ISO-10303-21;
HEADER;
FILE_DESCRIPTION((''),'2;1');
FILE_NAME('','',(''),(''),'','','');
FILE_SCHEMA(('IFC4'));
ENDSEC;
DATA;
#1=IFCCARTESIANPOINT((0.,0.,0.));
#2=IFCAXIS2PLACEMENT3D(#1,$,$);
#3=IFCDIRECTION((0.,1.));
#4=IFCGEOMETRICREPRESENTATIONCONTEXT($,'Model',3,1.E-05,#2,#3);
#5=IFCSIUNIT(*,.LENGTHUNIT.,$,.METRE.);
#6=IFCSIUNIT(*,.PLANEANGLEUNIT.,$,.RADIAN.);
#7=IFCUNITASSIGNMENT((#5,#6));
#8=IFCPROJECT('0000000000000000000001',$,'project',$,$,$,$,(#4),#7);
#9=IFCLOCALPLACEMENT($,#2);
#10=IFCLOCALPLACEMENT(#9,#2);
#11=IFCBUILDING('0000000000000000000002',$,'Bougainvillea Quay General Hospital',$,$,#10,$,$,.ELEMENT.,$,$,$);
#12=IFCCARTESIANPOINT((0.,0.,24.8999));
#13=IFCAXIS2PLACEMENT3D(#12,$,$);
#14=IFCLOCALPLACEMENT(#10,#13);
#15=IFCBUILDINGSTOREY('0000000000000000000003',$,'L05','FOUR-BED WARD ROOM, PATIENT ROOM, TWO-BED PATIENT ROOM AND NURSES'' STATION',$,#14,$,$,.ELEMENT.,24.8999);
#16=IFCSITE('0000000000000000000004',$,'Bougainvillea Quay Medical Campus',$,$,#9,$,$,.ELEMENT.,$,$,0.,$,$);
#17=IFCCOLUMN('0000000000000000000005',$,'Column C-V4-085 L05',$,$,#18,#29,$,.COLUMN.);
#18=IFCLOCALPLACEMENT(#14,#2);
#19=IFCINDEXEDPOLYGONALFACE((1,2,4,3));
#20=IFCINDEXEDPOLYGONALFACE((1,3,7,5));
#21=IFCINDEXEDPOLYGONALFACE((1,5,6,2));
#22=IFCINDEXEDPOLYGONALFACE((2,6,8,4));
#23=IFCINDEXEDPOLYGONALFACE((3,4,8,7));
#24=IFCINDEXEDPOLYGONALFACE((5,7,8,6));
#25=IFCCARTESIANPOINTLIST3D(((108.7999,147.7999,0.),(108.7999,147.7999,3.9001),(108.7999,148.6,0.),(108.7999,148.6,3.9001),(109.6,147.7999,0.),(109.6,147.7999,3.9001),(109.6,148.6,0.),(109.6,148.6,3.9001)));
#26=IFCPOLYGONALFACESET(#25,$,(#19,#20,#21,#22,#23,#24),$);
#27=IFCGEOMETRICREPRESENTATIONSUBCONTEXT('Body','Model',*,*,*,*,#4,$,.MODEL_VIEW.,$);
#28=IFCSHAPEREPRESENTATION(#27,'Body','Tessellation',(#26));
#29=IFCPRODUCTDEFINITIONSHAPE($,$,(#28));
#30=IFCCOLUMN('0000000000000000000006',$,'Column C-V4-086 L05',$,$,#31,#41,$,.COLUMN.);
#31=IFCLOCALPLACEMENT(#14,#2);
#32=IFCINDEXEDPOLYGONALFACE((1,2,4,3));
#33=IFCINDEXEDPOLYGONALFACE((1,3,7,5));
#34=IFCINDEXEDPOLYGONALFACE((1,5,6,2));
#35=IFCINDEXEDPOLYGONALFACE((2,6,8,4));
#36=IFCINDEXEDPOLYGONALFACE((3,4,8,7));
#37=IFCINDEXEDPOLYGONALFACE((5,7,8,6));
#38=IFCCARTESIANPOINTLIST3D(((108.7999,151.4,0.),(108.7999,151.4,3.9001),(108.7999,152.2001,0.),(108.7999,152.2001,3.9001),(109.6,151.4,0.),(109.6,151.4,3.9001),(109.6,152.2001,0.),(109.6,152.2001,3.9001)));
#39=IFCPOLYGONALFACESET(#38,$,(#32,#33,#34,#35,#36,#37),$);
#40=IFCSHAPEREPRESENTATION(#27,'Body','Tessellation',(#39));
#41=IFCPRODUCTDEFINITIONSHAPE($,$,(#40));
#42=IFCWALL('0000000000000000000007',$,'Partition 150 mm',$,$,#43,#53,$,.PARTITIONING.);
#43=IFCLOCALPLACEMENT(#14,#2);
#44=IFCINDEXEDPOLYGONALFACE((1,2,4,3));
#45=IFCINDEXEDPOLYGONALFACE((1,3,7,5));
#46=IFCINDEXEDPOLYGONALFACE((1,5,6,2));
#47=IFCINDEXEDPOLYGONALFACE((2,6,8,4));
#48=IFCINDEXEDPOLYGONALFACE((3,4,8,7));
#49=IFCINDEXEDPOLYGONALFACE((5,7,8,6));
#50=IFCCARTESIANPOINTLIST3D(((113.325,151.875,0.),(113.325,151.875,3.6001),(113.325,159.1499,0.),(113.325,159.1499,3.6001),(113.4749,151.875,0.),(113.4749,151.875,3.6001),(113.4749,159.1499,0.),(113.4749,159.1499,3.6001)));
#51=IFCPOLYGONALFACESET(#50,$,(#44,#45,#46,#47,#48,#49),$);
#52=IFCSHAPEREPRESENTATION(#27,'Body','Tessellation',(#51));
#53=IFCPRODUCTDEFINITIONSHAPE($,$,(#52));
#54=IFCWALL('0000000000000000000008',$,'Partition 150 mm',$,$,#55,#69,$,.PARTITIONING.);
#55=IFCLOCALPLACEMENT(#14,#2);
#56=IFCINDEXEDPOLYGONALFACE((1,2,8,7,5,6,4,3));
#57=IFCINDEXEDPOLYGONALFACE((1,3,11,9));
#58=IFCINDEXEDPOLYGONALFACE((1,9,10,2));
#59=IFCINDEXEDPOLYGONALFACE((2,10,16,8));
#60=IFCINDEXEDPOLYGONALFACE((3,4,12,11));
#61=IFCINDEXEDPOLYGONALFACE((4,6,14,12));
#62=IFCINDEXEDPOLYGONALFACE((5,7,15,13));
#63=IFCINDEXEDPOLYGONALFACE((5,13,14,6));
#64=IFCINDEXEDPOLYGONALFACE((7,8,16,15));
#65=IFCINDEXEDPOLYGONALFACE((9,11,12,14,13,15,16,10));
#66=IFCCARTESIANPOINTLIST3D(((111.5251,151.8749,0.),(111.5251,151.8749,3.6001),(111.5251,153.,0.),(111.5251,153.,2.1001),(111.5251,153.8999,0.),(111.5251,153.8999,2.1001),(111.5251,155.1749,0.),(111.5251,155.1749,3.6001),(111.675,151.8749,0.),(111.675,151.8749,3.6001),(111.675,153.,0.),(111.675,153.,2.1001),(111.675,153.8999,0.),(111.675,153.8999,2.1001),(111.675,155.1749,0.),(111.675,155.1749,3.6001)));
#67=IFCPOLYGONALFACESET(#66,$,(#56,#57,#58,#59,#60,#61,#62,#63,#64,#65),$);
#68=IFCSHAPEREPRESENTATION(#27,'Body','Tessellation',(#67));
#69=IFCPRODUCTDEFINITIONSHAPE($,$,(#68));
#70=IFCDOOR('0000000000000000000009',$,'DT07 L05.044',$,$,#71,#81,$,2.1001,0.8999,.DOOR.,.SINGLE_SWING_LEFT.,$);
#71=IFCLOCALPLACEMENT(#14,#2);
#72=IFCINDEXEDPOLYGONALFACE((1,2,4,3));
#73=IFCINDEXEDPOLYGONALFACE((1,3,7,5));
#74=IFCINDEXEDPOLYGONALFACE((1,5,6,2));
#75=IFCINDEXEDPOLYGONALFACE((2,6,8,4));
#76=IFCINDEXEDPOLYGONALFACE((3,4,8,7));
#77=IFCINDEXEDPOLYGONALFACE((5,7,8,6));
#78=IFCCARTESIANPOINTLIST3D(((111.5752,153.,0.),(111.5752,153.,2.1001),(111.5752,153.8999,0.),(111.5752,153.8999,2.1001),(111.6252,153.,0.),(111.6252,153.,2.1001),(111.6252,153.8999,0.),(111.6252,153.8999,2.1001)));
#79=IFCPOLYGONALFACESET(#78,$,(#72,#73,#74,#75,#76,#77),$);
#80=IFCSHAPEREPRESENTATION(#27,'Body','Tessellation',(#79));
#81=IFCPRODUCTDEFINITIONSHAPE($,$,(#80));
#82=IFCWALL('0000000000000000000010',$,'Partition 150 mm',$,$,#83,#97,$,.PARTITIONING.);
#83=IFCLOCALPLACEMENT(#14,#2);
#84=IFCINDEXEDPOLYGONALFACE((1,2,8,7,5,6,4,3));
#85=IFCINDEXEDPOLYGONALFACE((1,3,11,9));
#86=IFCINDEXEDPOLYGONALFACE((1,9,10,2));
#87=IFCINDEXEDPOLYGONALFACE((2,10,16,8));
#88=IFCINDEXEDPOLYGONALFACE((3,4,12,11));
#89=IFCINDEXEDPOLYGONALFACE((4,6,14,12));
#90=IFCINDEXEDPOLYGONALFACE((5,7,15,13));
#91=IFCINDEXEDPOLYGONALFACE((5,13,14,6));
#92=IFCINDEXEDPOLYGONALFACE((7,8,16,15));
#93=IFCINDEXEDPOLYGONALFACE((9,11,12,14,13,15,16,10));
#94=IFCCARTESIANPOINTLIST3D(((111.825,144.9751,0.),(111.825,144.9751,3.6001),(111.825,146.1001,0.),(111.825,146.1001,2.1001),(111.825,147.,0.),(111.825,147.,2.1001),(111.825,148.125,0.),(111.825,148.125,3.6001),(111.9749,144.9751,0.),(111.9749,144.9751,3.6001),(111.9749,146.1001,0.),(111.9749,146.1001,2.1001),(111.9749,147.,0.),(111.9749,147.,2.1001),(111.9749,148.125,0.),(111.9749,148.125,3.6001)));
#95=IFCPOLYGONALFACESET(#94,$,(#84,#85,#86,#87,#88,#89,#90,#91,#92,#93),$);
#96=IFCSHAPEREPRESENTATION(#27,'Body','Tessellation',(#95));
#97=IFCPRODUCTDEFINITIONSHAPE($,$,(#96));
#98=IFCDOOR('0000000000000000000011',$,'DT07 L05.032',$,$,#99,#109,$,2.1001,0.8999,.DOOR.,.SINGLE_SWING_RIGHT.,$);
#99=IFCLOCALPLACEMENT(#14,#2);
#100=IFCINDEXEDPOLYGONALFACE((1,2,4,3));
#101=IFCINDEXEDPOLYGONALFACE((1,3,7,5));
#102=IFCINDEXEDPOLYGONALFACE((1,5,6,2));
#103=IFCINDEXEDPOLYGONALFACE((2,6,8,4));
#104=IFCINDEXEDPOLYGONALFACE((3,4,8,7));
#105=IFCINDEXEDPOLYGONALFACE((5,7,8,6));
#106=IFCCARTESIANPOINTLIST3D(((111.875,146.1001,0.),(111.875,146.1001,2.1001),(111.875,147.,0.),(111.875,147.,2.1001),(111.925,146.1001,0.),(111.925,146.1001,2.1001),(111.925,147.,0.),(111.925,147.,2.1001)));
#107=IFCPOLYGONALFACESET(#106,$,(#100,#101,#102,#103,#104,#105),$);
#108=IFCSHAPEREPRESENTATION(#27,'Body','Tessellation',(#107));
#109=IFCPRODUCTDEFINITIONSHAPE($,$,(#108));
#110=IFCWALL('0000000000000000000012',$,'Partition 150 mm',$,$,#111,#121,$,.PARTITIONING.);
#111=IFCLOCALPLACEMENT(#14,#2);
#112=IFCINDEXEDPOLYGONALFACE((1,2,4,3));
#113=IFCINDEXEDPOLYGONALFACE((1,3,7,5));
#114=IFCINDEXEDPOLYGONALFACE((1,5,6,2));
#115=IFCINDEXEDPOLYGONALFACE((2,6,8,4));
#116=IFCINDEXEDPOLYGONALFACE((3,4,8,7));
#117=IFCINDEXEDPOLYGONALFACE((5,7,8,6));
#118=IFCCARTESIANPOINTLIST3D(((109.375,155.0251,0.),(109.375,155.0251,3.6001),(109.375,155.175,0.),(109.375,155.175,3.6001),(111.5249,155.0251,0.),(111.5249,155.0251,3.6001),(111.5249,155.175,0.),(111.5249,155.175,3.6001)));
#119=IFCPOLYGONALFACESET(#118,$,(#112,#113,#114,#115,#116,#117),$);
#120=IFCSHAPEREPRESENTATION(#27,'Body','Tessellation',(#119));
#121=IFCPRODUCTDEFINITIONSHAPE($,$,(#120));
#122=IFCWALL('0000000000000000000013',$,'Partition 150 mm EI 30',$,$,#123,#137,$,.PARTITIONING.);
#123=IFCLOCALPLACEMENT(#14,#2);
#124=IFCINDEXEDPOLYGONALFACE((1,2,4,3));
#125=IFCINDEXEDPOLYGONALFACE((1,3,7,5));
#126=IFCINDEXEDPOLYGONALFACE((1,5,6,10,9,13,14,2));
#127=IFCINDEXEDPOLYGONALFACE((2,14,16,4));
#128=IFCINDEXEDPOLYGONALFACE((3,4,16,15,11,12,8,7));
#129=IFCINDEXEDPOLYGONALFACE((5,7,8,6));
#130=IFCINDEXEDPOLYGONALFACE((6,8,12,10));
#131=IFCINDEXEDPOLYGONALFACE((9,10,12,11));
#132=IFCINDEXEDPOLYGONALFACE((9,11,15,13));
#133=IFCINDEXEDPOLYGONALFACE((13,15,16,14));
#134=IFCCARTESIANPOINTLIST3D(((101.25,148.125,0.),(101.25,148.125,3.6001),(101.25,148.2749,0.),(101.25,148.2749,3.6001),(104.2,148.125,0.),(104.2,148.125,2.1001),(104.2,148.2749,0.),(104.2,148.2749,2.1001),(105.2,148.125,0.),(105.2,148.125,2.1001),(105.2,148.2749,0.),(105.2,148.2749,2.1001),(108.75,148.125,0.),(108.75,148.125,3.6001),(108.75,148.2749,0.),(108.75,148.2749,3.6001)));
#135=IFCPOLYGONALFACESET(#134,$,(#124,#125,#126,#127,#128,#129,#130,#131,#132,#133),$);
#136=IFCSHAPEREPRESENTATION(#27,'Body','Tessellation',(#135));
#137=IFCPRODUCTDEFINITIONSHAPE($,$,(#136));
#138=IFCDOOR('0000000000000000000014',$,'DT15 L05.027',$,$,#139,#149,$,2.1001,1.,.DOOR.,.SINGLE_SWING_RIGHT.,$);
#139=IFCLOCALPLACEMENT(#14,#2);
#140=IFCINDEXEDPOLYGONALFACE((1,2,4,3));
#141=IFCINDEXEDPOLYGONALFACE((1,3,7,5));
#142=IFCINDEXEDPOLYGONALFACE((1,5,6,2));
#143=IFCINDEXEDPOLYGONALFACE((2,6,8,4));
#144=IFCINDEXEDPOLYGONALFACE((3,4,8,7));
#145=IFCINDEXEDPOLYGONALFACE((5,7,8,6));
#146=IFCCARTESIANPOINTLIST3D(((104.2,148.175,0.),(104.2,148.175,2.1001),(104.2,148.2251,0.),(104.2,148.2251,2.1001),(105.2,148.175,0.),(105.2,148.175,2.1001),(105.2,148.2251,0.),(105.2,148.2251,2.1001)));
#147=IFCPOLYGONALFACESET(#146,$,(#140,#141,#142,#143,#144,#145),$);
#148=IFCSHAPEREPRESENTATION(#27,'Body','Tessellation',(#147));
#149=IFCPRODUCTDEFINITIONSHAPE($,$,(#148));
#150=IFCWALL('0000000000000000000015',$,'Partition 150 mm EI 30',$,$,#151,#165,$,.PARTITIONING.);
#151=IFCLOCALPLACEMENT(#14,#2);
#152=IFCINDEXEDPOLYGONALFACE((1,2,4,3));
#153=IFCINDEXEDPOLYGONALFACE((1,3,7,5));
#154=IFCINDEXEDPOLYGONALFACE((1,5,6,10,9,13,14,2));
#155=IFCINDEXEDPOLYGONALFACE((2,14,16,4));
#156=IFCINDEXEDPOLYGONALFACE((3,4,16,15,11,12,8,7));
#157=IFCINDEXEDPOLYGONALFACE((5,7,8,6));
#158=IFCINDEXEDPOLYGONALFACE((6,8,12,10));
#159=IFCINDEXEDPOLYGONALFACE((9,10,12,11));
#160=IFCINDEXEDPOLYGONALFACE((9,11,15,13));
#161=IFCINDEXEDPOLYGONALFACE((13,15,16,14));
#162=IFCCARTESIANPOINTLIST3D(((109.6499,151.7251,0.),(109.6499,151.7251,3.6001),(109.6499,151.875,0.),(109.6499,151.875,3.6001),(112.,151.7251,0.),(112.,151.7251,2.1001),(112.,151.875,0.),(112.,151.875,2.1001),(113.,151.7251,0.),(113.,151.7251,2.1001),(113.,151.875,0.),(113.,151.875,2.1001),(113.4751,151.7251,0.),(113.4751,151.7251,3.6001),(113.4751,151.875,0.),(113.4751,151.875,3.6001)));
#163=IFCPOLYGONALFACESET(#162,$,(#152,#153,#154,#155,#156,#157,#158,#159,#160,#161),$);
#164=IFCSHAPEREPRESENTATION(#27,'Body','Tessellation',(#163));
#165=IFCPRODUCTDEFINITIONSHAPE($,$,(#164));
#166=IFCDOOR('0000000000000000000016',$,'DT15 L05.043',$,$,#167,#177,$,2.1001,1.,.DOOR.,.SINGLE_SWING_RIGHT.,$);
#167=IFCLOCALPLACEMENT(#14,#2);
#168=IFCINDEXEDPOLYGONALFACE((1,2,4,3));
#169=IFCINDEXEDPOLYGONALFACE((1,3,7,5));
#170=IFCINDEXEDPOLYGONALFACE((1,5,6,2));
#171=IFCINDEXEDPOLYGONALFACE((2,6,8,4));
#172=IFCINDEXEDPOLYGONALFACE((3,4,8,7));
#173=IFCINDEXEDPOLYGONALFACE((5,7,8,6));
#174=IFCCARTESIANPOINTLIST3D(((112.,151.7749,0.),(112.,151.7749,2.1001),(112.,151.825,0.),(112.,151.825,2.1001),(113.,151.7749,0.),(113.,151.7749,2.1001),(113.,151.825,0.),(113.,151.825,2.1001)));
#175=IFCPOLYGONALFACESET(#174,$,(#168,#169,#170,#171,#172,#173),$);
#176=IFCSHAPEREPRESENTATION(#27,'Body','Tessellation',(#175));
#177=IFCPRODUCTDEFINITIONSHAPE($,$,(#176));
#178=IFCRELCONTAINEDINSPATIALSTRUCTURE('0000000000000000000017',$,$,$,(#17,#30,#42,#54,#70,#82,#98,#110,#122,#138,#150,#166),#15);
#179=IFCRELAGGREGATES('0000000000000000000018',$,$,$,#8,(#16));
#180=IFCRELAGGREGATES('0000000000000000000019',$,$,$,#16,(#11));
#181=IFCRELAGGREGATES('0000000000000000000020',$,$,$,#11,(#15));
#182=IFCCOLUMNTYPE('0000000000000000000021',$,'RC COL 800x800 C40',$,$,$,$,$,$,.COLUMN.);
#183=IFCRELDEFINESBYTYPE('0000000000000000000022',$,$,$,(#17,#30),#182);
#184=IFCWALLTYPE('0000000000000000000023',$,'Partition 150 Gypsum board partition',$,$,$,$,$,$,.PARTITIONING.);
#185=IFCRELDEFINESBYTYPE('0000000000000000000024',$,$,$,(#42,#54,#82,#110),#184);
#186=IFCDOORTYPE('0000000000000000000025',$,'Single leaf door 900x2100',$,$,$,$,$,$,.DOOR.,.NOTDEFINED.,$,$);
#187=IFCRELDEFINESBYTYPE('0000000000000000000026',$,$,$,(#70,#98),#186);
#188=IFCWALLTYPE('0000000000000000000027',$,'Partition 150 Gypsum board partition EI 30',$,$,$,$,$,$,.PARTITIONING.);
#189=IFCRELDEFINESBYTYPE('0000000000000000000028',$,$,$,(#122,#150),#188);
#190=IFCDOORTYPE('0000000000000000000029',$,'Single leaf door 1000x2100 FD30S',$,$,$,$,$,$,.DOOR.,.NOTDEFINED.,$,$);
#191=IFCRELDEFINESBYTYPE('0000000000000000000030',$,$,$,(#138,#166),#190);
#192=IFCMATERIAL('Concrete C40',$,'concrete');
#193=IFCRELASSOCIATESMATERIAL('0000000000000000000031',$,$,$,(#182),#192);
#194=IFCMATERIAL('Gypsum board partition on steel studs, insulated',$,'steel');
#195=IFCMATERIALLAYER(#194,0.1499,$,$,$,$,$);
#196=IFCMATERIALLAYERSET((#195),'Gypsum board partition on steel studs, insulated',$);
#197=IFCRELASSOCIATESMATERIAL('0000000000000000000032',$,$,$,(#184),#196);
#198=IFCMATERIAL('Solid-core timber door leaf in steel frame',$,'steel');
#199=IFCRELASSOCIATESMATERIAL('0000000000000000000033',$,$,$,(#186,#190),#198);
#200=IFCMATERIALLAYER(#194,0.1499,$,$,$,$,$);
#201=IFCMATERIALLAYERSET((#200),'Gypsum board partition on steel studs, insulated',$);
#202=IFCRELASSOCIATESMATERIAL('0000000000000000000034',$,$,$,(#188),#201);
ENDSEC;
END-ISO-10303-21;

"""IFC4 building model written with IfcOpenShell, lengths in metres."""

from ifc_helpers import new_model, si_unit, direction, frame, frame_2d, origin, origin_2d, place, context, subcontext, project, spatial, rectangle, extrude, material, layer, layer_set, material_profile, profile_set, type_object, element, fill, save


model = new_model("IFC4")

# Units and contexts
model_context = context("Model", 3, precision=1e-05, world=origin(), true_north=direction((0.0, 1.0)))
body_context = subcontext(model_context, "Body", "Model", "MODEL_VIEW")
ifc_project = project(units=[si_unit("LENGTHUNIT", "METRE"), si_unit("PLANEANGLEUNIT", "RADIAN")], contexts=[model_context])

# Site, building, storey
site_placement = place(None, origin())
site = spatial("IfcSite", under=ifc_project, at=site_placement, Name="Bougainvillea Quay Medical Campus", CompositionType="ELEMENT", RefElevation=0.0)
building_placement = place(site_placement, origin())
building = spatial("IfcBuilding", under=site, at=building_placement, Name="Bougainvillea Quay General Hospital", CompositionType="ELEMENT")
storey_placement = place(building_placement, frame((0.0, 0.0, 24.8999)))
storey = spatial("IfcBuildingStorey", under=building, at=storey_placement, Name="L05", Description="FOUR-BED WARD ROOM, PATIENT ROOM, TWO-BED PATIENT ROOM AND NURSES' STATION", CompositionType="ELEMENT", Elevation=24.8999)

# Columns
ifc_material_1 = material(Name="Concrete C40", Category="concrete")
ifc_material_profile = material_profile(ifc_material_1, rectangle(XDim=0.8, YDim=0.8, at=origin_2d()))
ifc_profile_set = profile_set([ifc_material_profile], Name="Concrete C40")
column_type = type_object("IfcColumnType", Name="RC COL 800x800 C40", PredefinedType="COLUMN", material=ifc_profile_set)
for number, where, z_axis, x_axis, name in (
    (1, (109.2, 148.2, 0.0), (0.0, 0.0, 1.0), (1.0, 0.0, 0.0), "Column C-V4-085 L05"),
    (2, (109.2, 151.8, 0.0), (0.0, 0.0, 1.0), (1.0, 0.0, 0.0), "Column C-V4-086 L05"),
):
    element("IfcColumn", number, at=place(storey_placement, frame(where, z_axis=z_axis, x_axis=x_axis)), inside=storey, type_object=column_type, Name=name, PredefinedType="COLUMN", context=body_context, shape_type="SweptSolid", body=[
        extrude(rectangle(XDim=0.8, YDim=0.8, at=origin_2d()), origin(), (0.0, 0.0, 1.0), 3.9001),
    ])

# Wall
ifc_material_2 = material(Name="Gypsum board partition on steel studs, insulated", Category="steel")
ifc_layer_1 = layer(ifc_material_2, 0.1499)
ifc_layer_set_1 = layer_set([ifc_layer_1], Name="Gypsum board partition on steel studs, insulated")
wall_type_1 = type_object("IfcWallType", Name="Partition 150 Gypsum board partition", PredefinedType="PARTITIONING", material=ifc_layer_set_1)
wall_1_placement = place(storey_placement, frame((113.3999, 151.875, 0.0), z_axis=(0.0, 0.0, 1.0), x_axis=(0.0, 1.0, 0.0)))
element("IfcWall", 3, at=wall_1_placement, inside=storey, type_object=wall_type_1, Name="Partition 150 mm", PredefinedType="PARTITIONING", context=body_context, shape_type="SweptSolid", body=[
    extrude(rectangle(XDim=7.2749, YDim=0.1499, at=frame_2d((3.6375, 0.0))), origin(), (0.0, 0.0, 1.0), 3.6001),
])

# Walls, openings, doors
wall_2_placement = place(storey_placement, frame((111.6001, 151.875, 0.0), z_axis=(0.0, 0.0, 1.0), x_axis=(0.0, 1.0, 0.0)))
wall_2 = element("IfcWall", 4, at=wall_2_placement, inside=storey, type_object=wall_type_1, Name="Partition 150 mm", PredefinedType="PARTITIONING", context=body_context, shape_type="SweptSolid", body=[
    extrude(rectangle(XDim=3.3, YDim=0.1499, at=frame_2d((1.6499, 0.0))), origin(), (0.0, 0.0, 1.0), 3.6001),
])
opening_1_placement = place(wall_2_placement, frame((1.125, 0.0, 0.0)))
opening_1 = element("IfcOpeningElement", 5, at=opening_1_placement, cuts=wall_2, PredefinedType="OPENING", context=body_context, shape_type="SweptSolid", body=[
    extrude(rectangle(XDim=0.8999, YDim=2.1001, at=frame_2d((0.45, 1.05))), frame((0.0, 0.085, 0.0), z_axis=(0.0, -1.0, 0.0), x_axis=(1.0, 0.0, 0.0)), (0.0, 0.0, 1.0), 0.1699),
])
ifc_material_3 = material(Name="Solid-core timber door leaf in steel frame", Category="steel")
door_type_1 = type_object("IfcDoorType", Name="Single leaf door 900x2100", OperationType="NOTDEFINED", PredefinedType="DOOR", material=ifc_material_3)
door_1_placement = place(opening_1_placement, origin())
door_1 = element("IfcDoor", 6, at=door_1_placement, inside=storey, type_object=door_type_1, Name="DT07 L05.044", OperationType="SINGLE_SWING_LEFT", OverallHeight=2.1001, OverallWidth=0.8999, PredefinedType="DOOR", context=body_context, shape_type="SweptSolid", body=[
    extrude(rectangle(XDim=0.8999, YDim=2.1001, at=frame_2d((0.45, 1.05))), frame((0.0, 0.0249, 0.0), z_axis=(0.0, -1.0, 0.0), x_axis=(1.0, 0.0, 0.0)), (0.0, 0.0, 1.0), 0.05),
])
fill(opening_1, door_1)
wall_3_placement = place(storey_placement, frame((111.8999, 144.9751, 0.0), z_axis=(0.0, 0.0, 1.0), x_axis=(0.0, 1.0, 0.0)))
wall_3 = element("IfcWall", 7, at=wall_3_placement, inside=storey, type_object=wall_type_1, Name="Partition 150 mm", PredefinedType="PARTITIONING", context=body_context, shape_type="SweptSolid", body=[
    extrude(rectangle(XDim=3.1499, YDim=0.1499, at=frame_2d((1.575, 0.0))), origin(), (0.0, 0.0, 1.0), 3.6001),
])
opening_2_placement = place(wall_3_placement, frame((1.125, 0.0, 0.0)))
opening_2 = element("IfcOpeningElement", 8, at=opening_2_placement, cuts=wall_3, PredefinedType="OPENING", context=body_context, shape_type="SweptSolid", body=[
    extrude(rectangle(XDim=0.8999, YDim=2.1001, at=frame_2d((0.45, 1.05))), frame((0.0, 0.085, 0.0), z_axis=(0.0, -1.0, 0.0), x_axis=(1.0, 0.0, 0.0)), (0.0, 0.0, 1.0), 0.1699),
])
door_2_placement = place(opening_2_placement, origin())
door_2 = element("IfcDoor", 9, at=door_2_placement, inside=storey, type_object=door_type_1, Name="DT07 L05.032", OperationType="SINGLE_SWING_RIGHT", OverallHeight=2.1001, OverallWidth=0.8999, PredefinedType="DOOR", context=body_context, shape_type="SweptSolid", body=[
    extrude(rectangle(XDim=0.8999, YDim=2.1001, at=frame_2d((0.45, 1.05))), frame((0.0, 0.0249, 0.0), z_axis=(0.0, -1.0, 0.0), x_axis=(1.0, 0.0, 0.0)), (0.0, 0.0, 1.0), 0.05),
])
fill(opening_2, door_2)

# Wall
wall_4_placement = place(storey_placement, frame((109.375, 155.1001, 0.0), z_axis=(0.0, 0.0, 1.0), x_axis=(1.0, 0.0, 0.0)))
element("IfcWall", 10, at=wall_4_placement, inside=storey, type_object=wall_type_1, Name="Partition 150 mm", PredefinedType="PARTITIONING", context=body_context, shape_type="SweptSolid", body=[
    extrude(rectangle(XDim=2.1499, YDim=0.1499, at=frame_2d((1.075, 0.0))), origin(), (0.0, 0.0, 1.0), 3.6001),
])

# Walls, openings, doors
ifc_layer_2 = layer(ifc_material_2, 0.1499)
ifc_layer_set_2 = layer_set([ifc_layer_2], Name="Gypsum board partition on steel studs, insulated")
wall_type_2 = type_object("IfcWallType", Name="Partition 150 Gypsum board partition EI 30", PredefinedType="PARTITIONING", material=ifc_layer_set_2)
wall_5_placement = place(storey_placement, frame((108.75, 148.2, 0.0), z_axis=(0.0, 0.0, 1.0), x_axis=(-1.0, 0.0, 0.0)))
wall_5 = element("IfcWall", 11, at=wall_5_placement, inside=storey, type_object=wall_type_2, Name="Partition 150 mm EI 30", PredefinedType="PARTITIONING", context=body_context, shape_type="SweptSolid", body=[
    extrude(rectangle(XDim=7.5, YDim=0.1499, at=frame_2d((3.75, 0.0))), origin(), (0.0, 0.0, 1.0), 3.6001),
])
opening_3_placement = place(wall_5_placement, frame((3.55, 0.0, 0.0)))
opening_3 = element("IfcOpeningElement", 12, at=opening_3_placement, cuts=wall_5, PredefinedType="OPENING", context=body_context, shape_type="SweptSolid", body=[
    extrude(rectangle(XDim=1.0, YDim=2.1001, at=frame_2d((0.5, 1.05))), frame((0.0, 0.085, 0.0), z_axis=(0.0, -1.0, 0.0), x_axis=(1.0, 0.0, 0.0)), (0.0, 0.0, 1.0), 0.1699),
])
door_type_2 = type_object("IfcDoorType", Name="Single leaf door 1000x2100 FD30S", OperationType="NOTDEFINED", PredefinedType="DOOR", material=ifc_material_3)
door_3_placement = place(opening_3_placement, origin())
door_3 = element("IfcDoor", 13, at=door_3_placement, inside=storey, type_object=door_type_2, Name="DT15 L05.027", OperationType="SINGLE_SWING_RIGHT", OverallHeight=2.1001, OverallWidth=1.0, PredefinedType="DOOR", context=body_context, shape_type="SweptSolid", body=[
    extrude(rectangle(XDim=1.0, YDim=2.1001, at=frame_2d((0.5, 1.05))), frame((0.0, 0.0249, 0.0), z_axis=(0.0, -1.0, 0.0), x_axis=(1.0, 0.0, 0.0)), (0.0, 0.0, 1.0), 0.05),
])
fill(opening_3, door_3)
wall_6_placement = place(storey_placement, frame((109.6499, 151.8, 0.0), z_axis=(0.0, 0.0, 1.0), x_axis=(1.0, 0.0, 0.0)))
wall_6 = element("IfcWall", 14, at=wall_6_placement, inside=storey, type_object=wall_type_2, Name="Partition 150 mm EI 30", PredefinedType="PARTITIONING", context=body_context, shape_type="SweptSolid", body=[
    extrude(rectangle(XDim=3.8252, YDim=0.1499, at=frame_2d((1.9126, 0.0))), origin(), (0.0, 0.0, 1.0), 3.6001),
])
opening_4_placement = place(wall_6_placement, frame((2.3501, 0.0, 0.0)))
opening_4 = element("IfcOpeningElement", 15, at=opening_4_placement, cuts=wall_6, PredefinedType="OPENING", context=body_context, shape_type="SweptSolid", body=[
    extrude(rectangle(XDim=1.0, YDim=2.1001, at=frame_2d((0.5, 1.05))), frame((0.0, 0.085, 0.0), z_axis=(0.0, -1.0, 0.0), x_axis=(1.0, 0.0, 0.0)), (0.0, 0.0, 1.0), 0.1699),
])
door_4_placement = place(opening_4_placement, origin())
door_4 = element("IfcDoor", 16, at=door_4_placement, inside=storey, type_object=door_type_2, Name="DT15 L05.043", OperationType="SINGLE_SWING_RIGHT", OverallHeight=2.1001, OverallWidth=1.0, PredefinedType="DOOR", context=body_context, shape_type="SweptSolid", body=[
    extrude(rectangle(XDim=1.0, YDim=2.1001, at=frame_2d((0.5, 1.05))), frame((0.0, 0.0249, 0.0), z_axis=(0.0, -1.0, 0.0), x_axis=(1.0, 0.0, 0.0)), (0.0, 0.0, 1.0), 0.05),
])
fill(opening_4, door_4)

save(model, "model.ifc")
